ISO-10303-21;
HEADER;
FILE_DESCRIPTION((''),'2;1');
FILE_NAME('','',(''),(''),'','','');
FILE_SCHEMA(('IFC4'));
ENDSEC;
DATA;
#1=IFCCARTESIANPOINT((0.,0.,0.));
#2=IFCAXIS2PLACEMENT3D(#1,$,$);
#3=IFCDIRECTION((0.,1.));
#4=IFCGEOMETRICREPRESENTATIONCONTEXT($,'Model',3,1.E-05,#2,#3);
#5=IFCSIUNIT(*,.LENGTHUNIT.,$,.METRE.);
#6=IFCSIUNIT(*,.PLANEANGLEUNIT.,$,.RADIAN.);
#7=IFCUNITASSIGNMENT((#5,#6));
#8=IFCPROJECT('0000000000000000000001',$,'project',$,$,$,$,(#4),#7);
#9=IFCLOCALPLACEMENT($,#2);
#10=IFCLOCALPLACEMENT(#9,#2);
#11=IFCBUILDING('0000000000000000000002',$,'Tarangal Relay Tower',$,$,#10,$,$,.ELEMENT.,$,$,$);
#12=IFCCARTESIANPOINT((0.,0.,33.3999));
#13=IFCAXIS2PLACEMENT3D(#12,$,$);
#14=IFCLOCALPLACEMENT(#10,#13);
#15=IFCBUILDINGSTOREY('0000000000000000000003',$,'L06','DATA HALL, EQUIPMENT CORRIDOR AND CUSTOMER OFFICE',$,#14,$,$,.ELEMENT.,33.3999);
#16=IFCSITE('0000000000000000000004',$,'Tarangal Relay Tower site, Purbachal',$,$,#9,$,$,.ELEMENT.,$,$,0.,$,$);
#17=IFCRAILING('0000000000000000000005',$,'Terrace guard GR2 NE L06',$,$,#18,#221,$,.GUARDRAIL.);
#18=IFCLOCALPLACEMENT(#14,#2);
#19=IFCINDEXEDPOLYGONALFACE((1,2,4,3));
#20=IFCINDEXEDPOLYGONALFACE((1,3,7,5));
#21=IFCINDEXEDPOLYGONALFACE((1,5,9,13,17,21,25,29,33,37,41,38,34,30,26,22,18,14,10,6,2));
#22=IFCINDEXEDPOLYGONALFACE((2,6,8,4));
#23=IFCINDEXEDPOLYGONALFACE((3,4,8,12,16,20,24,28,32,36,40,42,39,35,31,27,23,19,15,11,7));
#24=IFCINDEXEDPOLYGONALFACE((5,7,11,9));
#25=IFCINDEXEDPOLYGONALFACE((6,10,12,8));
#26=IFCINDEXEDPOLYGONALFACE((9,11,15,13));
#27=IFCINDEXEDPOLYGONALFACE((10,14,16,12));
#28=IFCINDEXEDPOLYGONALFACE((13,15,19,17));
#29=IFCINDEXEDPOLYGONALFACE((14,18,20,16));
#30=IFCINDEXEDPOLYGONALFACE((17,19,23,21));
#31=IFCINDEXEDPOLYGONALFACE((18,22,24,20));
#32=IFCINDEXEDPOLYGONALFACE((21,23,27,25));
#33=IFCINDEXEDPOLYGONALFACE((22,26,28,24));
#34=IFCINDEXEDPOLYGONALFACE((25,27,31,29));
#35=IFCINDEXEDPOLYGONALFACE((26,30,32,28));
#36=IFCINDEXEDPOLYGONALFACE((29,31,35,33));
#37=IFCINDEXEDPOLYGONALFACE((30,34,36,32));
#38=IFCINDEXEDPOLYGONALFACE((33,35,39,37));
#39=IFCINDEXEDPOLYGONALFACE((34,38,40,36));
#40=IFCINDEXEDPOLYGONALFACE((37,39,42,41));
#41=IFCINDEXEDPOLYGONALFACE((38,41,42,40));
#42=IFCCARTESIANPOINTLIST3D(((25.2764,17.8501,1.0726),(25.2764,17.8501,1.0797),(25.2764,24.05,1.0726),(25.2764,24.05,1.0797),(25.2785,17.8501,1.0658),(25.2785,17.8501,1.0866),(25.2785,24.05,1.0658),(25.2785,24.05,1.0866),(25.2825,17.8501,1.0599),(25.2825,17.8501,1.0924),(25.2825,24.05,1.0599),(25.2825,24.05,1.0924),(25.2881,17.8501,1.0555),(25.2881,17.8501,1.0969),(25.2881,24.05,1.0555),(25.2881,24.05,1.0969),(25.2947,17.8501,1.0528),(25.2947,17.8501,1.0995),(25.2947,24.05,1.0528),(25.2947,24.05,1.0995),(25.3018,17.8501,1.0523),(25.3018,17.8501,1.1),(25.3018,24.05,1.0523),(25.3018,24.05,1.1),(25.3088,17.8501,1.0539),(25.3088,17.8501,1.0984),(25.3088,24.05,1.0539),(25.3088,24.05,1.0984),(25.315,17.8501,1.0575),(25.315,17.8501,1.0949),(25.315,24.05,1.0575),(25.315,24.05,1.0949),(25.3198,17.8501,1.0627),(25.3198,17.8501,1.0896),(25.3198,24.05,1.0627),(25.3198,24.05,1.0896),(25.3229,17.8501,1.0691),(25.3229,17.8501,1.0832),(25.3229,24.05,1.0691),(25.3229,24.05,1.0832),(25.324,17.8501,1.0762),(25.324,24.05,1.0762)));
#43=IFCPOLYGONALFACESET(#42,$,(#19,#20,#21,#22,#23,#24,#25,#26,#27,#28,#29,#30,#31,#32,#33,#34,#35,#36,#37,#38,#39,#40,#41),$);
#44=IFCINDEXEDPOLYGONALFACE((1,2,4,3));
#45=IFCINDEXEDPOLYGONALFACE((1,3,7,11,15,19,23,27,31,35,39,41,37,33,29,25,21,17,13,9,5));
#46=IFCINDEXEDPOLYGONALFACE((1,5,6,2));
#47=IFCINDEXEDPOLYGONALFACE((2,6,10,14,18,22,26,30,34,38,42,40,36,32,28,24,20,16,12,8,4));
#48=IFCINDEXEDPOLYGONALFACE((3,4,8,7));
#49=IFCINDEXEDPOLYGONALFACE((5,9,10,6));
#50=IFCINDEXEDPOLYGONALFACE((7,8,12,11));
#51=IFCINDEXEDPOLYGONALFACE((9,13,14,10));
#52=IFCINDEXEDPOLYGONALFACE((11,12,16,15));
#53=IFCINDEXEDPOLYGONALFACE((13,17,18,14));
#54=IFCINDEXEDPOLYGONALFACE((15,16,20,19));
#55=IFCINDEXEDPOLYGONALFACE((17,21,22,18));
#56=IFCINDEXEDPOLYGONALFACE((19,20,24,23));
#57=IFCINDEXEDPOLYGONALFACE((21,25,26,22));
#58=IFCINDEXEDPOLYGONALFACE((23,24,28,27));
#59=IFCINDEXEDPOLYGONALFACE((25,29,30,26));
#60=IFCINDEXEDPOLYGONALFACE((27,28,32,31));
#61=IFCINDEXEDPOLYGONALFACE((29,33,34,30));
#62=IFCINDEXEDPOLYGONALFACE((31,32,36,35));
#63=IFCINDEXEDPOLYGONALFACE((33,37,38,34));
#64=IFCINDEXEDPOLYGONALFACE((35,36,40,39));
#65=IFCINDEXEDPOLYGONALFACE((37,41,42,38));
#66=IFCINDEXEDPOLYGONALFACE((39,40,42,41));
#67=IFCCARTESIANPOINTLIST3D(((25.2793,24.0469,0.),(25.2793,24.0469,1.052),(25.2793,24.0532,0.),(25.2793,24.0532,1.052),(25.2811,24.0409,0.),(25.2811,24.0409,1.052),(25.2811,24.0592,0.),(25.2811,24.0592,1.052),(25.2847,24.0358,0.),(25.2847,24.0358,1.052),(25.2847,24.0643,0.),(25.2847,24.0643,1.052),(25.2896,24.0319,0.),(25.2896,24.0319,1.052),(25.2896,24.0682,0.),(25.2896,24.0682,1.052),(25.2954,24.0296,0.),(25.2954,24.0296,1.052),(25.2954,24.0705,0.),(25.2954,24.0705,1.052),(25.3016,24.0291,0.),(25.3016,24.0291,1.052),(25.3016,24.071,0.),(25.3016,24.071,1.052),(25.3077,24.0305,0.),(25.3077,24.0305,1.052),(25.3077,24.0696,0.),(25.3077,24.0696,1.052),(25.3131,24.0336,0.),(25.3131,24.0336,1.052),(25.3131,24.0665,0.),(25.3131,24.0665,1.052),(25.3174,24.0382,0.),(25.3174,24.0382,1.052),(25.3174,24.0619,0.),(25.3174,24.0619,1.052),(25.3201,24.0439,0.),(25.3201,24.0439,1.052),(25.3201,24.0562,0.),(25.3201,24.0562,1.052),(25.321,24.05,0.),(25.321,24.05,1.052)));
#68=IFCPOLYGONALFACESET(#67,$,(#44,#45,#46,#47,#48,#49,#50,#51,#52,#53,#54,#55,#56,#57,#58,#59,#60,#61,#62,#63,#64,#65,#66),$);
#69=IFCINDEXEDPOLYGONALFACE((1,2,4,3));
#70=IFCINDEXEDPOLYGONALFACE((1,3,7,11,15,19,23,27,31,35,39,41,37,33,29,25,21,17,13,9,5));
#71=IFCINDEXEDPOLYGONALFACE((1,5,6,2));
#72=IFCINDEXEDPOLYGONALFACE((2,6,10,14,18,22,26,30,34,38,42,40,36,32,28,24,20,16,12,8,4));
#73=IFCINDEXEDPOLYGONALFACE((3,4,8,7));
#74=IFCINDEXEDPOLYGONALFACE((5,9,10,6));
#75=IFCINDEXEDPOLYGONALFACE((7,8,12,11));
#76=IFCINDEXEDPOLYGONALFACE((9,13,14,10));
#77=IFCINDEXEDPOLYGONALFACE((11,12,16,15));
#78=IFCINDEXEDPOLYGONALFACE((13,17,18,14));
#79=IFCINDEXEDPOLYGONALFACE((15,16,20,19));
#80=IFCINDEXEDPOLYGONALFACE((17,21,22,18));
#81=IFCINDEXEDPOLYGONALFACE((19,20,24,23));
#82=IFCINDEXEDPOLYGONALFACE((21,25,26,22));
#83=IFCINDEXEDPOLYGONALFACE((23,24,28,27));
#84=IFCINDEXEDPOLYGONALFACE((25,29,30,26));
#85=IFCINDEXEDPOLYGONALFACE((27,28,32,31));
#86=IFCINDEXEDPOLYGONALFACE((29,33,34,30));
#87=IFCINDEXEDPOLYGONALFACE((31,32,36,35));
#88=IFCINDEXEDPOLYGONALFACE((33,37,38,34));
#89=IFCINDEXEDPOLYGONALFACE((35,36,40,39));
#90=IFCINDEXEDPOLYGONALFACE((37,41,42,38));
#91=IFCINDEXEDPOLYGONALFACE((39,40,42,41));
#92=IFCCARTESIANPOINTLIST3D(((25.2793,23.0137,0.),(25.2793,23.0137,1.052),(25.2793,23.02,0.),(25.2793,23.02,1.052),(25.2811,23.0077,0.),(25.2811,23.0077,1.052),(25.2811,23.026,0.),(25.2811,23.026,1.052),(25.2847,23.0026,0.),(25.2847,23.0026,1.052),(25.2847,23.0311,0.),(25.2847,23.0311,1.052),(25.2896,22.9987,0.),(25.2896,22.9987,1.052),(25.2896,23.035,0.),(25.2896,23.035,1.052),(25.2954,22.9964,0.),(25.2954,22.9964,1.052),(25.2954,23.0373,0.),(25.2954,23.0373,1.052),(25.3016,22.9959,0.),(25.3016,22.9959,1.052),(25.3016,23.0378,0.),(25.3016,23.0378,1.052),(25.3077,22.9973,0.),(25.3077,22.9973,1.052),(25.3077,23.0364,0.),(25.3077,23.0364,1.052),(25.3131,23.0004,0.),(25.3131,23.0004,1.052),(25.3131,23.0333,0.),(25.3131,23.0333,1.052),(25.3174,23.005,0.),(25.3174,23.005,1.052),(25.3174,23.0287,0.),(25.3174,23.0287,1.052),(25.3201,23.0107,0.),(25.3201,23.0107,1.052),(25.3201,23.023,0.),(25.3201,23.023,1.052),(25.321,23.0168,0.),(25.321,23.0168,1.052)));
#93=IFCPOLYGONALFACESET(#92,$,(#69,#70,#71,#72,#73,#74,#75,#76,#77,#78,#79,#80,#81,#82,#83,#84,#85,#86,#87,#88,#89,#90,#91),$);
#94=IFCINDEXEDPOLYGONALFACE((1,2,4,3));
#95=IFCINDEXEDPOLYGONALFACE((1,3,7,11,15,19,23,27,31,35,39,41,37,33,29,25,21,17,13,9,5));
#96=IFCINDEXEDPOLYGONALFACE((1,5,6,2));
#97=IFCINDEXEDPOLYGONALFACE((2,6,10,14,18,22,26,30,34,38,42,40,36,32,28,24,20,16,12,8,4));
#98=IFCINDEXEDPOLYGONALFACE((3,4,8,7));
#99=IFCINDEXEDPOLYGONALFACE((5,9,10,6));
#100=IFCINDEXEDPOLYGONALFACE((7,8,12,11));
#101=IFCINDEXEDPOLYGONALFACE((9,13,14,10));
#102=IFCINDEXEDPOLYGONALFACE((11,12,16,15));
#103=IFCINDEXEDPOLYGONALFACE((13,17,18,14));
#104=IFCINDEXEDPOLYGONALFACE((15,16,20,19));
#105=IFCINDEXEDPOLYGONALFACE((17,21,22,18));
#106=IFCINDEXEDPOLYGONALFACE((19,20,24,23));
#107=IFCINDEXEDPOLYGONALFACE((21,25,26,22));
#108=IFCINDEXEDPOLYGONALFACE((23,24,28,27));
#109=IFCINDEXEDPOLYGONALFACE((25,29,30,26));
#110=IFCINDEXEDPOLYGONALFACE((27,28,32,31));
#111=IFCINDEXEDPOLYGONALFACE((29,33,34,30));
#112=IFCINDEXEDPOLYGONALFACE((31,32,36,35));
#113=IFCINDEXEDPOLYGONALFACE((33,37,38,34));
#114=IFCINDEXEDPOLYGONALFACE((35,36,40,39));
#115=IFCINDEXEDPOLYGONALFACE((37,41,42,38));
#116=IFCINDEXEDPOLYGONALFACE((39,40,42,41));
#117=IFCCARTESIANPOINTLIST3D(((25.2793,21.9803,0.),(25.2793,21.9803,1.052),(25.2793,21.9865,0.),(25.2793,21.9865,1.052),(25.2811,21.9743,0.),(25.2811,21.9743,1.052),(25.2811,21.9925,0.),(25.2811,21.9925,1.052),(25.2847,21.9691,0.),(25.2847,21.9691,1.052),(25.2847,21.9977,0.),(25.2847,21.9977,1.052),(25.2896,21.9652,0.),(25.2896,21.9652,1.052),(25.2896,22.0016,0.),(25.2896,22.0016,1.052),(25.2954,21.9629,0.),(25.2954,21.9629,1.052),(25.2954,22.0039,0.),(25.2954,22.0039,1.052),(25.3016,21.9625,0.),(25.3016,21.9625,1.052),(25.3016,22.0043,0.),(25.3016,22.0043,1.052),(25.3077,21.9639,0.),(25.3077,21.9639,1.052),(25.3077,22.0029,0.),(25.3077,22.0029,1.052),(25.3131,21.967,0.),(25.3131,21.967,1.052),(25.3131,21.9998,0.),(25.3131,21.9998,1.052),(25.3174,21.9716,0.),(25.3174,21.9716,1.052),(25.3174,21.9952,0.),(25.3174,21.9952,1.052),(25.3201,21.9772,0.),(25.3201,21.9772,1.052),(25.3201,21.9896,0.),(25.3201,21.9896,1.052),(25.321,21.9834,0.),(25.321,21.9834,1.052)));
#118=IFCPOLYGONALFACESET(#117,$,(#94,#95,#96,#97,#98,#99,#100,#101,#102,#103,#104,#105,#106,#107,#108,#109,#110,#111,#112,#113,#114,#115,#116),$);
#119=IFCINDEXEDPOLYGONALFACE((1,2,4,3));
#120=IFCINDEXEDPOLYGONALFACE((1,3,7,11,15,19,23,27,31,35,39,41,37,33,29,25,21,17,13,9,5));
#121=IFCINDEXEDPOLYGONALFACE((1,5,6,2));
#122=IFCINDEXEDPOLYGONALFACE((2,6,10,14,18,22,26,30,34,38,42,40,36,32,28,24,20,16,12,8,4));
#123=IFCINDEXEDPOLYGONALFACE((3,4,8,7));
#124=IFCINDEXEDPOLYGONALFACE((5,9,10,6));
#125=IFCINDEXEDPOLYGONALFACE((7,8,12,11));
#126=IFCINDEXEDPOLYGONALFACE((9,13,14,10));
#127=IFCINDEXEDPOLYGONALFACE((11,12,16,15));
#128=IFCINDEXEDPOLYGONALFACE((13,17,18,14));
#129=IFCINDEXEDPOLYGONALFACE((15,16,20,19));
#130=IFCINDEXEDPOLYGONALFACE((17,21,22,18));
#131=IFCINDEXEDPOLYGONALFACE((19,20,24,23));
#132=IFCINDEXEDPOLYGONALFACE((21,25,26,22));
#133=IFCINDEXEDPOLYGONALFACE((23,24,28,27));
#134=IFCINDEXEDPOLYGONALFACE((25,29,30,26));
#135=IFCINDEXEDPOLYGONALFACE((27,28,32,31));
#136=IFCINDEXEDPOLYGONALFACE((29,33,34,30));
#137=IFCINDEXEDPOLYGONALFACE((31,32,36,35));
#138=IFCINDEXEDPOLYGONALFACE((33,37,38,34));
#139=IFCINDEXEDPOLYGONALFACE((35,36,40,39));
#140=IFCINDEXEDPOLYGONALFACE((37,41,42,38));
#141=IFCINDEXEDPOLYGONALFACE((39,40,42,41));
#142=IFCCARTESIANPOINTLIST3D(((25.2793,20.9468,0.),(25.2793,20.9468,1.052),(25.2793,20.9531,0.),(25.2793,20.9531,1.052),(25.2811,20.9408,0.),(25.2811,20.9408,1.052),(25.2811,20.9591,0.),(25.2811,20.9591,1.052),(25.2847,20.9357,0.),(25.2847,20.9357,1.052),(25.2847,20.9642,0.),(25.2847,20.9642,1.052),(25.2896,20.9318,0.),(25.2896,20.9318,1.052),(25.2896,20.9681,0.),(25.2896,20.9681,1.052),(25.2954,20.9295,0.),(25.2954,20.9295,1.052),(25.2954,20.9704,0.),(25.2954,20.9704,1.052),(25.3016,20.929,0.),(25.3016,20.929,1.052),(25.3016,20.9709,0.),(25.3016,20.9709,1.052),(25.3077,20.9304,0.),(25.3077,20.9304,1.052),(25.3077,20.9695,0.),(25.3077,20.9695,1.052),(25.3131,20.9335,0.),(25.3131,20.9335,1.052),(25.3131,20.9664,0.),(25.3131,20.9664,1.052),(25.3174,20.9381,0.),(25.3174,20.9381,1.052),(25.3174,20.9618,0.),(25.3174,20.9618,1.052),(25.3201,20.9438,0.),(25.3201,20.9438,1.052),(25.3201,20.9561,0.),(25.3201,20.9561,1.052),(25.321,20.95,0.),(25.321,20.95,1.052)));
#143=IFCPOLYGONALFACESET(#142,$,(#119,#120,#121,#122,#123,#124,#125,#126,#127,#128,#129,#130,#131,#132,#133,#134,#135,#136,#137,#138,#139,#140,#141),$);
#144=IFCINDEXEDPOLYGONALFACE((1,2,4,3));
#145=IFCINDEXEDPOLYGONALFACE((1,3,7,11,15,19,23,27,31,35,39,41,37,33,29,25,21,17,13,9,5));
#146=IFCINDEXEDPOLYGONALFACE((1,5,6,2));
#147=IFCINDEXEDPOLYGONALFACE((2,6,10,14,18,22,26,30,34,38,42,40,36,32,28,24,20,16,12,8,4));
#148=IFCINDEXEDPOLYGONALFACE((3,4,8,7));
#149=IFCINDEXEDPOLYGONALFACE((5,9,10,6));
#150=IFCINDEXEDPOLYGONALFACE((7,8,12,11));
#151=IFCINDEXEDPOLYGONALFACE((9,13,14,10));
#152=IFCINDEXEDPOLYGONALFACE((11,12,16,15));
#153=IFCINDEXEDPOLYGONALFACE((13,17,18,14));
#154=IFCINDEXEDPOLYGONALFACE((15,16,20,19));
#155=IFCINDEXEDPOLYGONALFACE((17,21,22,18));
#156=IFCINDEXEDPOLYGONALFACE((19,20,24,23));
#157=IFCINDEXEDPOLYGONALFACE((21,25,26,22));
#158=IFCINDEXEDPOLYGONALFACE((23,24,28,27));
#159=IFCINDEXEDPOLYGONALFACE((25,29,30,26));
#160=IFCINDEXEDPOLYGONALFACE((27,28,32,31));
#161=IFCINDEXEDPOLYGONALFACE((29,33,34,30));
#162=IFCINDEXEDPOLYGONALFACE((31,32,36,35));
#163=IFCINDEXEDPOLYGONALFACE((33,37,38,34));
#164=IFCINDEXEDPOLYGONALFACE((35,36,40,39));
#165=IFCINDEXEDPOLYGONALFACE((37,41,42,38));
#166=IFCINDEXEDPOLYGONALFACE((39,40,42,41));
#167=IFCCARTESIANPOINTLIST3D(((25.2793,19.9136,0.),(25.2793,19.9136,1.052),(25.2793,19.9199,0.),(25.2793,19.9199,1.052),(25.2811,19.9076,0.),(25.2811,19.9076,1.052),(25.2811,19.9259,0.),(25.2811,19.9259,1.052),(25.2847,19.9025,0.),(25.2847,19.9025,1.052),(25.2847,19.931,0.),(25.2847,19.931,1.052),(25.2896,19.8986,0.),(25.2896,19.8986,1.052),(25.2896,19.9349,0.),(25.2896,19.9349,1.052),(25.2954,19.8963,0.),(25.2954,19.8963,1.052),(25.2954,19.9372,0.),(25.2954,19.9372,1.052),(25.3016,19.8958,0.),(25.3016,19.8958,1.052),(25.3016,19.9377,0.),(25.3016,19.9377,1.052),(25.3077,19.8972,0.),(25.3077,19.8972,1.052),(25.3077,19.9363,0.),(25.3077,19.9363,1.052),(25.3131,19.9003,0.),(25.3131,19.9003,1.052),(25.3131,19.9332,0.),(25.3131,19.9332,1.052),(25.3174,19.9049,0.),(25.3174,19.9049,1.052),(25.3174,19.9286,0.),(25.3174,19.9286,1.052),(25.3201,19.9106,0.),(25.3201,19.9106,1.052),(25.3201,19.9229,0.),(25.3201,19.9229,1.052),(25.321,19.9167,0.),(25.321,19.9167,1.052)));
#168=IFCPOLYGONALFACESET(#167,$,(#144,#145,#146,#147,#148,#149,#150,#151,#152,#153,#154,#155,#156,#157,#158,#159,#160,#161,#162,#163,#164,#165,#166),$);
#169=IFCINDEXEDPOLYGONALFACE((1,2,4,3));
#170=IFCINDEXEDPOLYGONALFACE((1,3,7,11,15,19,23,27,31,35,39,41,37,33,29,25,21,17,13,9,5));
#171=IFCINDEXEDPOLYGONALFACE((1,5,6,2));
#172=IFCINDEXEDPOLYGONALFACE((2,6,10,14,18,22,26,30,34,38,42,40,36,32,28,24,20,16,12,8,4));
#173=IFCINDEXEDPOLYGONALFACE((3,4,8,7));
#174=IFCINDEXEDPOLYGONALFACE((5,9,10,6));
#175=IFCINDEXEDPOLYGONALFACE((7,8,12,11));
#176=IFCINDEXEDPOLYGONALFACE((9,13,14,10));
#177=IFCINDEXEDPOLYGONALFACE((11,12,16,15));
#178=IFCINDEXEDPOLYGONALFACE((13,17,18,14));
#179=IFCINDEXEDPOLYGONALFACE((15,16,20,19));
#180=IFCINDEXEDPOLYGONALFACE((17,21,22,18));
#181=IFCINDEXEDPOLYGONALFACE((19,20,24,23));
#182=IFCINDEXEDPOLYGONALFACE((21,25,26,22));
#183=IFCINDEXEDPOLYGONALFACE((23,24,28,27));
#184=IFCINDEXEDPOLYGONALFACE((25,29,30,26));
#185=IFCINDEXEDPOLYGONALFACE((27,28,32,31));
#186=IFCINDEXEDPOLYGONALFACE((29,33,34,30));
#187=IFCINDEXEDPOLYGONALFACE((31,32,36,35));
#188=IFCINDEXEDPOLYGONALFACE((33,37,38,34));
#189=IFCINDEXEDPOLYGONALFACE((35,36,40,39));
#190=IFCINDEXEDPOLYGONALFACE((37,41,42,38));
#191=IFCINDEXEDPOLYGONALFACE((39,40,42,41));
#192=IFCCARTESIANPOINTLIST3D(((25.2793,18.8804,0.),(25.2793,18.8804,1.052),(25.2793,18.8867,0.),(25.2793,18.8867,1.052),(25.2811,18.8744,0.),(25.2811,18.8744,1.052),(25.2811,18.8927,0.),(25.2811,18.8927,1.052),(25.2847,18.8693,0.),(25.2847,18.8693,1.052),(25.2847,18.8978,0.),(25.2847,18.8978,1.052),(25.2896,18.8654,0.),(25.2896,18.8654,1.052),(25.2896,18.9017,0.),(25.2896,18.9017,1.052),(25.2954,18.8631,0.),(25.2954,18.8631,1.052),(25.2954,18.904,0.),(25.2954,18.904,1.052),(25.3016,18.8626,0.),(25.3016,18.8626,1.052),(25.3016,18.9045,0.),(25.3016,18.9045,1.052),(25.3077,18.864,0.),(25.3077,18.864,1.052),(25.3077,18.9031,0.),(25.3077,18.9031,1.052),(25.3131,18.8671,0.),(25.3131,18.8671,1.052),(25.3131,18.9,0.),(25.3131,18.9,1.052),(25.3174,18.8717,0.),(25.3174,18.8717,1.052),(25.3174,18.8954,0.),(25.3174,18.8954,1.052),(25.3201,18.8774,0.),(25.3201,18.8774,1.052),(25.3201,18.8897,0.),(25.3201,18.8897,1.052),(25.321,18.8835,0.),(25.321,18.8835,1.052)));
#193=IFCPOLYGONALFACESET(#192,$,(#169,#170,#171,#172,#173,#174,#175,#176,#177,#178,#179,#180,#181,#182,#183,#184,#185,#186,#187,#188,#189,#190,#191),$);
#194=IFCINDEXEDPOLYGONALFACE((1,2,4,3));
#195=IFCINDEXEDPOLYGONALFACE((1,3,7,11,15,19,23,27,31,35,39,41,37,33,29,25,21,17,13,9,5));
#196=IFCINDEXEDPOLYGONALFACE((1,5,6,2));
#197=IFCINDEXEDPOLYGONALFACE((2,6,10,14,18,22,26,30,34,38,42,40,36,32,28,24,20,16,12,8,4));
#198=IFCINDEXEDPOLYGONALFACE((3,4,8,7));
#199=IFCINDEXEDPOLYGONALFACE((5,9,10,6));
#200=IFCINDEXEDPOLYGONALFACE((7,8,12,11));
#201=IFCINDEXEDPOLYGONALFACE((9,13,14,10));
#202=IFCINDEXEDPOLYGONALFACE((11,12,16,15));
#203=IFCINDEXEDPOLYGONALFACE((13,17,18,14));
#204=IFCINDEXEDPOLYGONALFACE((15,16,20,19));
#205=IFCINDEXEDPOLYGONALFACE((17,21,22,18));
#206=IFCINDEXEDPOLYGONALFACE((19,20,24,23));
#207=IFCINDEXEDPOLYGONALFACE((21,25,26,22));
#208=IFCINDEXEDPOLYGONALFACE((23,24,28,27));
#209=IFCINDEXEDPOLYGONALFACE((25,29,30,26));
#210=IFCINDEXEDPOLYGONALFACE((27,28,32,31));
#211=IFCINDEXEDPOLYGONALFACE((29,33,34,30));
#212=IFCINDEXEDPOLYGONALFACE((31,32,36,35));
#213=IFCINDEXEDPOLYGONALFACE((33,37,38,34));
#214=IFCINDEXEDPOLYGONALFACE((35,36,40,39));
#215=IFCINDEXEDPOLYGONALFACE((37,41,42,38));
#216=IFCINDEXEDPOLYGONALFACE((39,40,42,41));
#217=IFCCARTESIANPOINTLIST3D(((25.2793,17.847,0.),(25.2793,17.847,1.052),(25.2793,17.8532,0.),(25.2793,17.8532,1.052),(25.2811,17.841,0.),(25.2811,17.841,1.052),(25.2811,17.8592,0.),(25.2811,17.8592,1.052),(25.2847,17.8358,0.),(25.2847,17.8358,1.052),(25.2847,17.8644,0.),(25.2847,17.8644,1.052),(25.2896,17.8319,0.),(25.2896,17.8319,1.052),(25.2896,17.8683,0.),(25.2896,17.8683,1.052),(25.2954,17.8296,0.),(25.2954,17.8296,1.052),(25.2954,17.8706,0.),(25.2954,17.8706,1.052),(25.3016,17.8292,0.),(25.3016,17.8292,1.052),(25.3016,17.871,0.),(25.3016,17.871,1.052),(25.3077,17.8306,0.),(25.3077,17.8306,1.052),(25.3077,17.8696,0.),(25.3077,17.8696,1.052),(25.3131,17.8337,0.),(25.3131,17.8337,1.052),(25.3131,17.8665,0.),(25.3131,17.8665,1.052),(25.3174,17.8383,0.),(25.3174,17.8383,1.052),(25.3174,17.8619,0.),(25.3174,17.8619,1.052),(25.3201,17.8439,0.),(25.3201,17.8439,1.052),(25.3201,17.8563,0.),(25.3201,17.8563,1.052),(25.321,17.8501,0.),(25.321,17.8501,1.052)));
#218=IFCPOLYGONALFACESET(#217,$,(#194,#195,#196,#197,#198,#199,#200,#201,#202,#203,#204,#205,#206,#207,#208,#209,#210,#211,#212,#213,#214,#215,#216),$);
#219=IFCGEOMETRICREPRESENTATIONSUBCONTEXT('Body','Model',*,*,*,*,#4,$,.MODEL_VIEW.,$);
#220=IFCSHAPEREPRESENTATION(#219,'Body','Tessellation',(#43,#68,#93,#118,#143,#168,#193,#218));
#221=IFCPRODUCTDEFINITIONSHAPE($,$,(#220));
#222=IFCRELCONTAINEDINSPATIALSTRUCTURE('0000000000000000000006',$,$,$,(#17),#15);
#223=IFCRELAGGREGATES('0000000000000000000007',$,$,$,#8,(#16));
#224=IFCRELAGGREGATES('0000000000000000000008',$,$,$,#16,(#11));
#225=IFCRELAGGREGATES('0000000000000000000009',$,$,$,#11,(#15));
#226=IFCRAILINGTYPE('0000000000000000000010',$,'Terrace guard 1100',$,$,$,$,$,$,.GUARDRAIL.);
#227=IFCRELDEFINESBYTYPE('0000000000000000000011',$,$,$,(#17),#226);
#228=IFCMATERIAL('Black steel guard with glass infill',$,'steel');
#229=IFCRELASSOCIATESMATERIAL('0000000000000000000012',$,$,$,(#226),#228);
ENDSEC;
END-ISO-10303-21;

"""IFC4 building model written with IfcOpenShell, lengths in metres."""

from ifc_helpers import new_model, si_unit, direction, frame, origin, origin_2d, place, context, subcontext, project, spatial, circle, extrude, material, type_object, element, save


model = new_model("IFC4")

# Units and contexts
model_context = context("Model", 3, precision=1e-05, world=origin(), true_north=direction((0.0, 1.0)))
body_context = subcontext(model_context, "Body", "Model", "MODEL_VIEW")
ifc_project = project(units=[si_unit("LENGTHUNIT", "METRE"), si_unit("PLANEANGLEUNIT", "RADIAN")], contexts=[model_context])

# Site, building, storey
site_placement = place(None, origin())
site = spatial("IfcSite", under=ifc_project, at=site_placement, Name="Tarangal Relay Tower site, Purbachal", CompositionType="ELEMENT", RefElevation=0.0)
building_placement = place(site_placement, origin())
building = spatial("IfcBuilding", under=site, at=building_placement, Name="Tarangal Relay Tower", CompositionType="ELEMENT")
storey_placement = place(building_placement, frame((0.0, 0.0, 33.3999)))
storey = spatial("IfcBuildingStorey", under=building, at=storey_placement, Name="L06", Description="DATA HALL, EQUIPMENT CORRIDOR AND CUSTOMER OFFICE", CompositionType="ELEMENT", Elevation=33.3999)

# Railing
ifc_material_1 = material(Name="Black steel guard with glass infill", Category="steel")
railing_type_1 = type_object("IfcRailingType", Name="Terrace guard 1100", PredefinedType="GUARDRAIL", material=ifc_material_1)
railing_1_placement = place(storey_placement, frame((25.3, 24.05, 0.0)))
element("IfcRailing", 1, at=railing_1_placement, inside=storey, type_object=railing_type_1, Name="Terrace guard GR2 NE L06", PredefinedType="GUARDRAIL", context=body_context, shape_type="SweptSolid", body=[
    extrude(circle(Radius=0.0239, at=origin_2d()), frame((0.0, 0.0, 1.0762), z_axis=(0.0, -1.0, 0.0), x_axis=(1.0, 0.0, 0.0)), (0.0, 0.0, 1.0), 6.2),
    extrude(circle(Radius=0.021, at=origin_2d()), origin(), (0.0, 0.0, 1.0), 1.052),
    extrude(circle(Radius=0.021, at=origin_2d()), frame((0.0, -1.0332, 0.0)), (0.0, 0.0, 1.0), 1.052),
    extrude(circle(Radius=0.021, at=origin_2d()), frame((0.0, -2.0667, 0.0)), (0.0, 0.0, 1.0), 1.052),
    extrude(circle(Radius=0.021, at=origin_2d()), frame((0.0, -3.1001, 0.0)), (0.0, 0.0, 1.0), 1.052),
    extrude(circle(Radius=0.021, at=origin_2d()), frame((0.0, -4.1333, 0.0)), (0.0, 0.0, 1.0), 1.052),
    extrude(circle(Radius=0.021, at=origin_2d()), frame((0.0, -5.1665, 0.0)), (0.0, 0.0, 1.0), 1.052),
    extrude(circle(Radius=0.021, at=origin_2d()), frame((0.0, -6.2, 0.0)), (0.0, 0.0, 1.0), 1.052),
])

save(model, "model.ifc")
